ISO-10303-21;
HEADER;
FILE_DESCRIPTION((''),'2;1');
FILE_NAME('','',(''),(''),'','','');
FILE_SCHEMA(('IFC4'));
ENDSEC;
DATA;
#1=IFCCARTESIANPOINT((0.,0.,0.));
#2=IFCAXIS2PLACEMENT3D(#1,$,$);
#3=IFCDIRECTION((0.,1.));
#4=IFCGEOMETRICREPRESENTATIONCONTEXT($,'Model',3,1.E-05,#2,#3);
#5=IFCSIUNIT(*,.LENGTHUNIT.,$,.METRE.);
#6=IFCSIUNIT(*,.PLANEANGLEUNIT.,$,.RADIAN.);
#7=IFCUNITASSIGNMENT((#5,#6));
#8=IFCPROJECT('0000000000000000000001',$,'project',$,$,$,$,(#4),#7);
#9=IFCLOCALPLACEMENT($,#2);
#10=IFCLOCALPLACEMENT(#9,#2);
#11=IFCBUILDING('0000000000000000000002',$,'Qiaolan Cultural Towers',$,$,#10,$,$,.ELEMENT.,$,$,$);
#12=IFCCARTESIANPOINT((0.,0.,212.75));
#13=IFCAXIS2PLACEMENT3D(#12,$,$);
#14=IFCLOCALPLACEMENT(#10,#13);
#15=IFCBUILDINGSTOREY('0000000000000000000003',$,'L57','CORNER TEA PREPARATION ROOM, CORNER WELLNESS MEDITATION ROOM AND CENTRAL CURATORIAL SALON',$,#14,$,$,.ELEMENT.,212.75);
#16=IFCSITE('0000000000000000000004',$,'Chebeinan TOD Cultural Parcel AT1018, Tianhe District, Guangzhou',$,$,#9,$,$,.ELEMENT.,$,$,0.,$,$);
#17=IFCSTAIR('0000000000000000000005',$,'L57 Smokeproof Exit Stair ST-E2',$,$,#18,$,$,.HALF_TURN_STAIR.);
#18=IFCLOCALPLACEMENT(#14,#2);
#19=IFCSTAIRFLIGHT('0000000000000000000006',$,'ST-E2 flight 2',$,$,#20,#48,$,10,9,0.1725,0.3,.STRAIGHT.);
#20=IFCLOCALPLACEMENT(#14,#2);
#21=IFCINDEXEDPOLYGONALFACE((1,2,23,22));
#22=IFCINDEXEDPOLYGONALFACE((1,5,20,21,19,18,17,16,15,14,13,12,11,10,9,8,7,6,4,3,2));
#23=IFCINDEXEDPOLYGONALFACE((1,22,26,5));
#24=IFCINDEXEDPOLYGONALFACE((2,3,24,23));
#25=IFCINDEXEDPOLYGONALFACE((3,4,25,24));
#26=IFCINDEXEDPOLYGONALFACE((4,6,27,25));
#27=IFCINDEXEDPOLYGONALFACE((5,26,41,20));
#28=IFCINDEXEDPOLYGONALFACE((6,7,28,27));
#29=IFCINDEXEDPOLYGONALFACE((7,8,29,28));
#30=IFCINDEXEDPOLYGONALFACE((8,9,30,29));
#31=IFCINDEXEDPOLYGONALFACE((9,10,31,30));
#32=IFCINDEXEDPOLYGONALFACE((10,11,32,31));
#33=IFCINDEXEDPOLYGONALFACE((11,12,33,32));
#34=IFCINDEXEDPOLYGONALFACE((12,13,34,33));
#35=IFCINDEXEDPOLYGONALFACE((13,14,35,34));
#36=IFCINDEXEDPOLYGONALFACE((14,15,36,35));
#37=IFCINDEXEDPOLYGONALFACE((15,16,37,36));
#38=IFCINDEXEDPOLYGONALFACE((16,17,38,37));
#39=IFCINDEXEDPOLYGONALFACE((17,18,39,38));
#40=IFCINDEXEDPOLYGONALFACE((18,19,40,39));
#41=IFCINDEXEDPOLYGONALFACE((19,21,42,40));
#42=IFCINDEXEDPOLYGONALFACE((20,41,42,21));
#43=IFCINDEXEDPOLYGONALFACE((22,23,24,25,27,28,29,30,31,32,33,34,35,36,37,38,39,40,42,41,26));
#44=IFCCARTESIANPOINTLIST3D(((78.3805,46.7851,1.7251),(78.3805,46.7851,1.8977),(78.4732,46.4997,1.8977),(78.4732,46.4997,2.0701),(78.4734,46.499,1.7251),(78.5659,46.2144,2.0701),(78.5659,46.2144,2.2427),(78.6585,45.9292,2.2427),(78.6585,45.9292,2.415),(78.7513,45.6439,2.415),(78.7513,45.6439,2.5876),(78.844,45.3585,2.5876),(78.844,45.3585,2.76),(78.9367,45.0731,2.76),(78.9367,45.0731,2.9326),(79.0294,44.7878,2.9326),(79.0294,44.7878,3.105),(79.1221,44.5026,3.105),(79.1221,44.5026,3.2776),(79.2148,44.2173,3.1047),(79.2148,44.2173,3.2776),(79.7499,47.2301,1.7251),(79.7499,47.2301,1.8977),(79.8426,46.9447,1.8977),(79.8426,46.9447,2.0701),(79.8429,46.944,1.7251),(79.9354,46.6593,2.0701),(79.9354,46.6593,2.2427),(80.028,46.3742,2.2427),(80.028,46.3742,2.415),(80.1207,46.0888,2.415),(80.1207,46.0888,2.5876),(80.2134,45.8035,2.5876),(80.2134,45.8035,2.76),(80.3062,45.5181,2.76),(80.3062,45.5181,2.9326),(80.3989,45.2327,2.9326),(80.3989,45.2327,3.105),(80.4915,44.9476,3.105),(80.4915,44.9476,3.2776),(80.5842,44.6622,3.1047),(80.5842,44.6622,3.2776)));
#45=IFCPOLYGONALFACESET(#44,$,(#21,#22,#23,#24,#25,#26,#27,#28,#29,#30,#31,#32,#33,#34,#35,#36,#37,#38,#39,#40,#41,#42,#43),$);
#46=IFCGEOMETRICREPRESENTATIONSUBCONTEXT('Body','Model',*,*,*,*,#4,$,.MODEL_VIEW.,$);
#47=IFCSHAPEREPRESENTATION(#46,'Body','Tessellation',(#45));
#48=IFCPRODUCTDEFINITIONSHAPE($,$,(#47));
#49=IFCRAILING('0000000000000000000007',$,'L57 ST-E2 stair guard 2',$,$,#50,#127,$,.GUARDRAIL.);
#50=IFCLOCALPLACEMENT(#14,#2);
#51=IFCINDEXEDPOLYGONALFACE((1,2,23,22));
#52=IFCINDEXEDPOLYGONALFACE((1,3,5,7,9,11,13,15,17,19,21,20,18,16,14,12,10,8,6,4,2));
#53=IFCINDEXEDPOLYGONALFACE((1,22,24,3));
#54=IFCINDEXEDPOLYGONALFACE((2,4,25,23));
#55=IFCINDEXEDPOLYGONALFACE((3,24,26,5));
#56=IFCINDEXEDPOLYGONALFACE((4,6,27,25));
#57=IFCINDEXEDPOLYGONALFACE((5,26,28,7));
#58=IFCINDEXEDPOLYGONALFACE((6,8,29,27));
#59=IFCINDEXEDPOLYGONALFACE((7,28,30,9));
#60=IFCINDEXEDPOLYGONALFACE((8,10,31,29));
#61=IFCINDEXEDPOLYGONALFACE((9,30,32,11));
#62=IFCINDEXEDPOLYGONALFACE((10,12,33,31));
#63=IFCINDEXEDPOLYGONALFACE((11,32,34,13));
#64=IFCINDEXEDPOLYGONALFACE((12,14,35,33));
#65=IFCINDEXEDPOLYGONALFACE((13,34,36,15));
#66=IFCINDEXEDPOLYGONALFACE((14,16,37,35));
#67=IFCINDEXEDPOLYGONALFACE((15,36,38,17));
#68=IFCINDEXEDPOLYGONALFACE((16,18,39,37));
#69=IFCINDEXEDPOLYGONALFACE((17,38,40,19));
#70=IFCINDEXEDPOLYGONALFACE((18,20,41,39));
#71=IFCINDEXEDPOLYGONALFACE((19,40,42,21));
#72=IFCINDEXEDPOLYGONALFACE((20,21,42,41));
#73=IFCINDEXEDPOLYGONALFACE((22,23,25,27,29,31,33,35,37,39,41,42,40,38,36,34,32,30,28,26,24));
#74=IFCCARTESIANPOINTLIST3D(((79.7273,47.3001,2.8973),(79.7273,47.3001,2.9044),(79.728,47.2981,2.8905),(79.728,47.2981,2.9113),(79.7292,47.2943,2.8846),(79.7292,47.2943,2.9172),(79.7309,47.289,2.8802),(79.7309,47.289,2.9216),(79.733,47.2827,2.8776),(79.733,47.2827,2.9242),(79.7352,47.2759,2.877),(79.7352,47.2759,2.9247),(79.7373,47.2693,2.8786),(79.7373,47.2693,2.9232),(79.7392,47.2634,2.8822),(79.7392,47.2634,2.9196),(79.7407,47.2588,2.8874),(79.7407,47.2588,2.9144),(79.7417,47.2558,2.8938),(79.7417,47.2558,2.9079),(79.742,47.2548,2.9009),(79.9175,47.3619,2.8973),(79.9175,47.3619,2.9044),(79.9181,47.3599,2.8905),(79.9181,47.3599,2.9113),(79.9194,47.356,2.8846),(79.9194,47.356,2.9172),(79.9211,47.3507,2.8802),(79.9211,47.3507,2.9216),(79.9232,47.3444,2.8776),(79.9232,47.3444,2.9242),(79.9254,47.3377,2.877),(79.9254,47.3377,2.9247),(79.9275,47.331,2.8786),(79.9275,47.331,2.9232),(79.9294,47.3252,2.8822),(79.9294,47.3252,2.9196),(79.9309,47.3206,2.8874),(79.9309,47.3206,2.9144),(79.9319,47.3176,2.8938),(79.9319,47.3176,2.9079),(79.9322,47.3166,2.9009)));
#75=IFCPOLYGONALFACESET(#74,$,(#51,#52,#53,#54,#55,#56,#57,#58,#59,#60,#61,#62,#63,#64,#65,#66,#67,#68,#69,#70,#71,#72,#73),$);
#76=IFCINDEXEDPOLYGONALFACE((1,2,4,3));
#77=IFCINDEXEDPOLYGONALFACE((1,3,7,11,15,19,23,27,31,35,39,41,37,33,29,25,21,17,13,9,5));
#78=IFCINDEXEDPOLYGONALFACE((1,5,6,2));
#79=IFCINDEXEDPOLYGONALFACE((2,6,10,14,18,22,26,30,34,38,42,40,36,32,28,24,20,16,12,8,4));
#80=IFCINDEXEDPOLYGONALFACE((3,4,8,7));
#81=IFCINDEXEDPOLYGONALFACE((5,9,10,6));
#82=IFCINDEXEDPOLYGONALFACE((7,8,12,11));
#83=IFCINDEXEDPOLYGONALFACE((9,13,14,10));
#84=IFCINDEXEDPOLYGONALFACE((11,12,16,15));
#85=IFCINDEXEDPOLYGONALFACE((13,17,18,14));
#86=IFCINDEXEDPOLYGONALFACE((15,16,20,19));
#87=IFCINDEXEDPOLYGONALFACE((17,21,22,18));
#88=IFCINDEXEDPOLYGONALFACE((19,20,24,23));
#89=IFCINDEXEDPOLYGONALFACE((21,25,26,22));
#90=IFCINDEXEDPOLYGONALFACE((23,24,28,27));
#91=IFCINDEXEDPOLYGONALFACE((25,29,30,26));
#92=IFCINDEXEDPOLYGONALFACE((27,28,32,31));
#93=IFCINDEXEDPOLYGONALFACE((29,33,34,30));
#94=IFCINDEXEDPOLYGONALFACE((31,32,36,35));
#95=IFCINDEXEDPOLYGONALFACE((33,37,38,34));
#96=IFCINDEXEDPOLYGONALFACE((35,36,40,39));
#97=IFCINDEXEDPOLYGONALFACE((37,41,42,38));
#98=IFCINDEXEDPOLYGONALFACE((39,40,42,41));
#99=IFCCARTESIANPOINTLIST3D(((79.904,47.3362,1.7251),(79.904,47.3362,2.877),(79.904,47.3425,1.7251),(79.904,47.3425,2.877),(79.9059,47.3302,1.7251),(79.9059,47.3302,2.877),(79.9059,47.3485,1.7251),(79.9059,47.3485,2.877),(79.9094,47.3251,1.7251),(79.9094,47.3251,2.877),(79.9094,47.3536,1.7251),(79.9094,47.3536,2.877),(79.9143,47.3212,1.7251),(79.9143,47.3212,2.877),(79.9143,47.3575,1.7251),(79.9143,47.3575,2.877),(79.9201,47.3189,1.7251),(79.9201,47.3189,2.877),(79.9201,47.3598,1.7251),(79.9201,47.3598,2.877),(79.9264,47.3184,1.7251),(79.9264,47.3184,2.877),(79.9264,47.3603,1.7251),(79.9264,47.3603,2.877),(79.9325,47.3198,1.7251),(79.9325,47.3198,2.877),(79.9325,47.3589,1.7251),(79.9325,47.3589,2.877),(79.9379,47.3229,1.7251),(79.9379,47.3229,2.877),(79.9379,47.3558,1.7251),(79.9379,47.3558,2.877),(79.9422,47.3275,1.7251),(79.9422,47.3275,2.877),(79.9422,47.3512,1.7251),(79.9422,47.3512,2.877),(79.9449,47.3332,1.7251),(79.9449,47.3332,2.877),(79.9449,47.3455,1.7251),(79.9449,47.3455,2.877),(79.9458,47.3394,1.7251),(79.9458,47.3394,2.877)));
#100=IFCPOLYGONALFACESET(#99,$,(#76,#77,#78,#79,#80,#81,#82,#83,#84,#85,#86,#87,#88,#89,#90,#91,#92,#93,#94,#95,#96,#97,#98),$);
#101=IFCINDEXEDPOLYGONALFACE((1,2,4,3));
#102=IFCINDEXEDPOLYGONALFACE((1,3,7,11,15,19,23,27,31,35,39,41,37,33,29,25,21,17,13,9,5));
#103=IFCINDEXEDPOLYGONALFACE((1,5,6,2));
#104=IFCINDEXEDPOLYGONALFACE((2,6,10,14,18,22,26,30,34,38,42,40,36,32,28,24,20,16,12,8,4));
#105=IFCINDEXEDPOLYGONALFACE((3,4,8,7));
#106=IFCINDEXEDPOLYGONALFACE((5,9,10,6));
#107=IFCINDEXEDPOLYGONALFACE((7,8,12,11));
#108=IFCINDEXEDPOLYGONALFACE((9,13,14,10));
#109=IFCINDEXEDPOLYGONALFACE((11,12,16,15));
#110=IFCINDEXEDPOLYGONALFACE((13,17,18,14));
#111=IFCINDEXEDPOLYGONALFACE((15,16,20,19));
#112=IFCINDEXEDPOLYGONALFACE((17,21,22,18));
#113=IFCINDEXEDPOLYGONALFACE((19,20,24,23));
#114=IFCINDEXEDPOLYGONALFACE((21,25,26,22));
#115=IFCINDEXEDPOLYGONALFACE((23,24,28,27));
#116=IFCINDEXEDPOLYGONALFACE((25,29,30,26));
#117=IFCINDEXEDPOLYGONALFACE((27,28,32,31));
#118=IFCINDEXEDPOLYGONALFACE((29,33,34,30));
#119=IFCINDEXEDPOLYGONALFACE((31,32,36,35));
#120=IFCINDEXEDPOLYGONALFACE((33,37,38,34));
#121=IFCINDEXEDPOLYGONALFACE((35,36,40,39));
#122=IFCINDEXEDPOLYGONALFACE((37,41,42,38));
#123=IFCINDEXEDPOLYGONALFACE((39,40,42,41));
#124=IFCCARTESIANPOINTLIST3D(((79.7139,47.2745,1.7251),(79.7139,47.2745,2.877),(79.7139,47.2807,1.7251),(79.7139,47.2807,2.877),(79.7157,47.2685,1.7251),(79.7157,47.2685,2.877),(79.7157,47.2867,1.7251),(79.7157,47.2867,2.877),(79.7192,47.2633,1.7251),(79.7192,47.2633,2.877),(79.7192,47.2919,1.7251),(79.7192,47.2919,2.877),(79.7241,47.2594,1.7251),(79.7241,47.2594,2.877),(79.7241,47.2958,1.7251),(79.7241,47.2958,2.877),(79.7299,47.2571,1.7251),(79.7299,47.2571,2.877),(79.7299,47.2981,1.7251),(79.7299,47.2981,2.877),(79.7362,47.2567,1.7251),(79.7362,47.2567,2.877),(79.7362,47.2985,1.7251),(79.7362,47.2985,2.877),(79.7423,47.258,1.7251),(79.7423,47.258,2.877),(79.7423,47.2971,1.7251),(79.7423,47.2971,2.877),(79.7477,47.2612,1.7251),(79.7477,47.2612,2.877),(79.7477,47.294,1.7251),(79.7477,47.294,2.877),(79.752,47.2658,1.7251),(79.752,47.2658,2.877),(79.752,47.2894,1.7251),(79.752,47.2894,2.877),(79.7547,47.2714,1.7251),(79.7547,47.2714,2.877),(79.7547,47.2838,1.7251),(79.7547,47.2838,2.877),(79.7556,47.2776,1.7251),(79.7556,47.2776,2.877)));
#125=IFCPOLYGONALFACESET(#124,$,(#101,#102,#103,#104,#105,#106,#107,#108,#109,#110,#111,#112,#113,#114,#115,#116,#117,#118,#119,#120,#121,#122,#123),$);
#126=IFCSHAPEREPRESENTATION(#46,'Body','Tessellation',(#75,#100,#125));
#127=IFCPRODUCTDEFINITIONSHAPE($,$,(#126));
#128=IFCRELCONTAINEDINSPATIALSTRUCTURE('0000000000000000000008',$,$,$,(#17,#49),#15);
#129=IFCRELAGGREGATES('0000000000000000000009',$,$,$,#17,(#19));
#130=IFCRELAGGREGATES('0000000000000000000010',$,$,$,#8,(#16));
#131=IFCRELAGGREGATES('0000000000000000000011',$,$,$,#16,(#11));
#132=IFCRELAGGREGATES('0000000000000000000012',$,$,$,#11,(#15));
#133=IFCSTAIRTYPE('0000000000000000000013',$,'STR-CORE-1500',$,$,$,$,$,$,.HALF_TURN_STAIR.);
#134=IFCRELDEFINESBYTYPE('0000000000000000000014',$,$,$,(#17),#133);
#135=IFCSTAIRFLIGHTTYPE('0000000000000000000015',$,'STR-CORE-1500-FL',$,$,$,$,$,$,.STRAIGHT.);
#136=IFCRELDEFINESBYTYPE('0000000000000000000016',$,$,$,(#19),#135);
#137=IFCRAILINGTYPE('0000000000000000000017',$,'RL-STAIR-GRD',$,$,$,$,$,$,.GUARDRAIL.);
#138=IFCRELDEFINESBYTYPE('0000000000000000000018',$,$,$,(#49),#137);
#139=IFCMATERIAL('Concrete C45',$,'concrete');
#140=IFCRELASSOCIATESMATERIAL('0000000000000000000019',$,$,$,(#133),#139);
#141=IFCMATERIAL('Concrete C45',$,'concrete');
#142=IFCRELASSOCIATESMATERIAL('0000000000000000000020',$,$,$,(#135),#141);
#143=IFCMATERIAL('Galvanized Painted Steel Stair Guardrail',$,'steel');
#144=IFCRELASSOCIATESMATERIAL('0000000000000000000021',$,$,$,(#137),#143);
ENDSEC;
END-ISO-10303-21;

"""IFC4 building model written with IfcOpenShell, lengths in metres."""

from ifc_helpers import new_model, si_unit, direction, frame, origin, origin_2d, place, context, subcontext, project, spatial, polyline, circle, outline, extrude, material, type_object, element, aggregate, save


model = new_model("IFC4")

# Units and contexts
model_context = context("Model", 3, precision=1e-05, world=origin(), true_north=direction((0.0, 1.0)))
body_context = subcontext(model_context, "Body", "Model", "MODEL_VIEW")
ifc_project = project(units=[si_unit("LENGTHUNIT", "METRE"), si_unit("PLANEANGLEUNIT", "RADIAN")], contexts=[model_context])

# Site, building, storey
site_placement = place(None, origin())
site = spatial("IfcSite", under=ifc_project, at=site_placement, Name="Chebeinan TOD Cultural Parcel AT1018, Tianhe District, Guangzhou", CompositionType="ELEMENT", RefElevation=0.0)
building_placement = place(site_placement, origin())
building = spatial("IfcBuilding", under=site, at=building_placement, Name="Qiaolan Cultural Towers", CompositionType="ELEMENT")
storey_placement = place(building_placement, frame((0.0, 0.0, 212.75)))
storey = spatial("IfcBuildingStorey", under=building, at=storey_placement, Name="L57", Description="CORNER TEA PREPARATION ROOM, CORNER WELLNESS MEDITATION ROOM AND CENTRAL CURATORIAL SALON", CompositionType="ELEMENT", Elevation=212.75)

# Stair, stair flight
ifc_material_1 = material(Name="Concrete C45", Category="concrete")
stair_type = type_object("IfcStairType", Name="STR-CORE-1500", PredefinedType="HALF_TURN_STAIR", material=ifc_material_1)
stair_placement = place(storey_placement, origin())
stair = element("IfcStair", 1, at=stair_placement, inside=storey, type_object=stair_type, Name="L57 Smokeproof Exit Stair ST-E2", PredefinedType="HALF_TURN_STAIR")
ifc_material_2 = material(Name="Concrete C45", Category="concrete")
stair_flight_type = type_object("IfcStairFlightType", Name="STR-CORE-1500-FL", PredefinedType="STRAIGHT", material=ifc_material_2)
stair_flight_placement = place(storey_placement, frame((79.0652, 47.0076, 1.7251), z_axis=(0.0, 0.0, 1.0), x_axis=(0.309017, -0.951057, 0.0)))
stair_flight = element("IfcStairFlight", 2, at=stair_flight_placement, type_object=stair_flight_type, Name="ST-E2 flight 2", NumberOfRisers=10, NumberOfTreads=9, PredefinedType="STRAIGHT", RiserHeight=0.1725, TreadLength=0.3, context=body_context, shape_type="SweptSolid", body=[
    extrude(outline(polyline([(0.0, 0.0), (0.0, 0.1726), (0.3, 0.1726), (0.3, 0.345), (0.6001, 0.345), (0.6001, 0.5176), (0.8999, 0.5176), (0.8999, 0.6899), (1.2, 0.6899), (1.2, 0.8625), (1.5, 0.8625), (1.5, 1.0349), (1.8, 1.0349), (1.8, 1.2075), (2.1001, 1.2075), (2.1001, 1.3799), (2.3999, 1.3799), (2.3999, 1.5525), (2.7, 1.5525), (2.7, 1.7251), (2.7, 1.3796), (0.3008, 0.0), (0.0, 0.0)])), frame((0.0, 0.72, 0.0), z_axis=(0.0, -1.0, 0.0), x_axis=(1.0, 0.0, 0.0)), (0.0, 0.0, 1.0), 1.4399),
])
aggregate(stair, [stair_flight])

# Railing
ifc_material_3 = material(Name="Galvanized Painted Steel Stair Guardrail", Category="steel")
railing_type = type_object("IfcRailingType", Name="RL-STAIR-GRD", PredefinedType="GUARDRAIL", material=ifc_material_3)
railing_1_placement = place(storey_placement, frame((79.9248, 47.3394, 1.7251)))
element("IfcRailing", 3, at=railing_1_placement, inside=storey, type_object=railing_type, Name="L57 ST-E2 stair guard 2", PredefinedType="GUARDRAIL", context=body_context, shape_type="SweptSolid", body=[
    extrude(circle(Radius=0.0239, at=origin_2d()), frame((0.0, 0.0, 1.1758), z_axis=(-0.951097, -0.308893, 0.0), x_axis=(0.308893, -0.951097, 0.0)), (0.0, 0.0, 1.0), 0.2),
    extrude(circle(Radius=0.021, at=origin_2d()), origin(), (0.0, 0.0, 1.0), 1.1519),
    extrude(circle(Radius=0.021, at=origin_2d()), frame((-0.1902, -0.0618, 0.0)), (0.0, 0.0, 1.0), 1.1519),
])

save(model, "model.ifc")
